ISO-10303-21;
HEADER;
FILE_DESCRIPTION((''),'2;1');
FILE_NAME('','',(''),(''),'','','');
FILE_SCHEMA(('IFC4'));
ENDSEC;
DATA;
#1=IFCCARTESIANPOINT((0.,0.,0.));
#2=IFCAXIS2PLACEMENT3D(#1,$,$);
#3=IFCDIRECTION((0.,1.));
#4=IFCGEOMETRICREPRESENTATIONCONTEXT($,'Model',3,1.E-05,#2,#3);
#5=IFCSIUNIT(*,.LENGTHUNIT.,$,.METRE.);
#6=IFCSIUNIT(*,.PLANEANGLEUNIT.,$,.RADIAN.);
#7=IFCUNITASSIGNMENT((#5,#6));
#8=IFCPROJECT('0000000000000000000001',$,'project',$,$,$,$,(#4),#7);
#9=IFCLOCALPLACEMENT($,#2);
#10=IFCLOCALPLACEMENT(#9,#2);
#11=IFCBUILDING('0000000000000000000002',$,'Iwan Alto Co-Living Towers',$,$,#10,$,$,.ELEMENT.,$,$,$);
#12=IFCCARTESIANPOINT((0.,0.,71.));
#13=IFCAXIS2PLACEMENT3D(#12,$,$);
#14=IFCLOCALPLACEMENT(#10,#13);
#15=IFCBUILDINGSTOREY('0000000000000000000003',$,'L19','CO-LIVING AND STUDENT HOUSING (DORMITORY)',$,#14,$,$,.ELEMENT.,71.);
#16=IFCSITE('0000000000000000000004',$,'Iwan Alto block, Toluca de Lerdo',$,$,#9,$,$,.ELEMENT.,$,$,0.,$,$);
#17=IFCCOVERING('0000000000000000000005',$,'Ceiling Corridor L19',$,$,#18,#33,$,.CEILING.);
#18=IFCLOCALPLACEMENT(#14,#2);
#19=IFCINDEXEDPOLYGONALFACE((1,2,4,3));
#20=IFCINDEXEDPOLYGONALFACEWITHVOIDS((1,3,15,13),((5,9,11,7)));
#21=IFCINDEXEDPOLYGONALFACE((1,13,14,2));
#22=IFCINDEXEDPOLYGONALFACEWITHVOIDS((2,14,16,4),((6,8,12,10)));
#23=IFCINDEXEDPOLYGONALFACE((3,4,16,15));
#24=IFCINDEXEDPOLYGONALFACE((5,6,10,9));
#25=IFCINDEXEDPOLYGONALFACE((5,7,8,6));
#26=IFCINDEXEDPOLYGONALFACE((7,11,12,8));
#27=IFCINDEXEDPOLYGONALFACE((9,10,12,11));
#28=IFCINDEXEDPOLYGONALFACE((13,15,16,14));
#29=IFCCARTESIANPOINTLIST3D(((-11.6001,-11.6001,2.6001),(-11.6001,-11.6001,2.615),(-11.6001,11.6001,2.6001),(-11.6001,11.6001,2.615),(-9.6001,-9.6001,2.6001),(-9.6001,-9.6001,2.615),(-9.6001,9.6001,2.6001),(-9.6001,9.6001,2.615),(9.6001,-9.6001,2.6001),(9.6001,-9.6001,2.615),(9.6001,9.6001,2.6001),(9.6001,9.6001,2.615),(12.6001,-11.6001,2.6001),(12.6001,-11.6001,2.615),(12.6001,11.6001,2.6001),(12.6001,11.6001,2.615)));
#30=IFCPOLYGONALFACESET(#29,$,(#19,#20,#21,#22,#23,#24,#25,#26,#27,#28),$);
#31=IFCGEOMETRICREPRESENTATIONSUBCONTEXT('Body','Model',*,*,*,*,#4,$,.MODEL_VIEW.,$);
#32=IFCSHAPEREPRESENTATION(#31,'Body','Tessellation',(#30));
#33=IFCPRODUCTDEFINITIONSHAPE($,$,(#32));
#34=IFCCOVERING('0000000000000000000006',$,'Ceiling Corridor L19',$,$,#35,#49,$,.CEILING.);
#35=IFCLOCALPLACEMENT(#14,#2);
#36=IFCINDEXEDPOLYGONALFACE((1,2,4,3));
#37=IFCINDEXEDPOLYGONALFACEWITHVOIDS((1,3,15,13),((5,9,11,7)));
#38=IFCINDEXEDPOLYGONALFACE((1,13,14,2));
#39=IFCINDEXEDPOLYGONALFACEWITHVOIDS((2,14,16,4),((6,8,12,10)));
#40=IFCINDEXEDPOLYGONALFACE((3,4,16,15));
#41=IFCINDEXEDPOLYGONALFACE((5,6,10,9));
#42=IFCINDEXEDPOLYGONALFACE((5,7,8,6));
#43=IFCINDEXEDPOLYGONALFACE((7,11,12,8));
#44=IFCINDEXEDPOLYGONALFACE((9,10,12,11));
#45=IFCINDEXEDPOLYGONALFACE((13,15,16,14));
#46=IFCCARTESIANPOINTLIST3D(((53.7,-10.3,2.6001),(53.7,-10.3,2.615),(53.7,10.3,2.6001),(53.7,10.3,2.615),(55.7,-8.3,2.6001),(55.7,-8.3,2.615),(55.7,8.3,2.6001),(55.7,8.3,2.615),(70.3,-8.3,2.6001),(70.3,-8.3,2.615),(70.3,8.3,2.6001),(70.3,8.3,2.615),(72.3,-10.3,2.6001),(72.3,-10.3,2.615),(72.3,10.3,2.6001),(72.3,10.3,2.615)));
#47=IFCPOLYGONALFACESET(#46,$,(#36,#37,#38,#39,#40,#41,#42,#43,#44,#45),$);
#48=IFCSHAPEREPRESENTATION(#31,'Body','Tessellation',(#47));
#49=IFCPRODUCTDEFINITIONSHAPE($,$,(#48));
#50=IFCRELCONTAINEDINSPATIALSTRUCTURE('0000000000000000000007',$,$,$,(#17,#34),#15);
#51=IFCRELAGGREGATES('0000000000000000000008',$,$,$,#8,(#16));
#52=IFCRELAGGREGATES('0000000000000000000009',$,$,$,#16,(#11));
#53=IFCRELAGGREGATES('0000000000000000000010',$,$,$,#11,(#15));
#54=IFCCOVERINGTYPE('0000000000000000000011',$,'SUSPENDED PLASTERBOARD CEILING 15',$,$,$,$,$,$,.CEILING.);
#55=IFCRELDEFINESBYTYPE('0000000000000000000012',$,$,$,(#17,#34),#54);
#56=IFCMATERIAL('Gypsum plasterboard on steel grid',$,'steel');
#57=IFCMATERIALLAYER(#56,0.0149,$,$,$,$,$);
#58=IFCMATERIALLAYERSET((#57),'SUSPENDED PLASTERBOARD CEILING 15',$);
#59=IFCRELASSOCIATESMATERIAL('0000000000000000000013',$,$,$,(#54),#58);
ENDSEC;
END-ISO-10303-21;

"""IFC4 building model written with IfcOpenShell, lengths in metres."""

from ifc_helpers import new_model, si_unit, direction, frame, origin, place, context, subcontext, project, spatial, polyline, outline, extrude, material, layer, layer_set, type_object, element, save


model = new_model("IFC4")

# Units and contexts
model_context = context("Model", 3, precision=1e-05, world=origin(), true_north=direction((0.0, 1.0)))
body_context = subcontext(model_context, "Body", "Model", "MODEL_VIEW")
ifc_project = project(units=[si_unit("LENGTHUNIT", "METRE"), si_unit("PLANEANGLEUNIT", "RADIAN")], contexts=[model_context])

# Site, building, storey
site_placement = place(None, origin())
site = spatial("IfcSite", under=ifc_project, at=site_placement, Name="Iwan Alto block, Toluca de Lerdo", CompositionType="ELEMENT", RefElevation=0.0)
building_placement = place(site_placement, origin())
building = spatial("IfcBuilding", under=site, at=building_placement, Name="Iwan Alto Co-Living Towers", CompositionType="ELEMENT")
storey_placement = place(building_placement, frame((0.0, 0.0, 71.0)))
storey = spatial("IfcBuildingStorey", under=building, at=storey_placement, Name="L19", Description="CO-LIVING AND STUDENT HOUSING (DORMITORY)", CompositionType="ELEMENT", Elevation=71.0)

# Coverings
ifc_material_1 = material(Name="Gypsum plasterboard on steel grid", Category="steel")
ifc_layer_1 = layer(ifc_material_1, 0.0149)
ifc_layer_set_1 = layer_set([ifc_layer_1], Name="SUSPENDED PLASTERBOARD CEILING 15")
covering_type_1 = type_object("IfcCoveringType", Name="SUSPENDED PLASTERBOARD CEILING 15", PredefinedType="CEILING", material=ifc_layer_set_1)
covering_1_placement = place(storey_placement, frame((0.0, 0.0, 2.6001)))
element("IfcCovering", 1, at=covering_1_placement, inside=storey, type_object=covering_type_1, Name="Ceiling Corridor L19", PredefinedType="CEILING", context=body_context, shape_type="SweptSolid", body=[
    extrude(outline(polyline([(-11.6001, 11.6001), (12.6001, 11.6001), (12.6001, -11.6001), (-11.6001, -11.6001), (-11.6001, 11.6001)]), holes=[polyline([(-9.6001, 9.6001), (-9.6001, -9.6001), (9.6001, -9.6001), (9.6001, 9.6001), (-9.6001, 9.6001)])]), origin(), (0.0, 0.0, 1.0), 0.0149),
])
covering_2_placement = place(storey_placement, frame((0.0, 0.0, 2.6001)))
element("IfcCovering", 2, at=covering_2_placement, inside=storey, type_object=covering_type_1, Name="Ceiling Corridor L19", PredefinedType="CEILING", context=body_context, shape_type="SweptSolid", body=[
    extrude(outline(polyline([(53.7, 10.3), (72.3, 10.3), (72.3, -10.3), (53.7, -10.3), (53.7, 10.3)]), holes=[polyline([(55.7, 8.3), (55.7, -8.3), (70.3, -8.3), (70.3, 8.3), (55.7, 8.3)])]), origin(), (0.0, 0.0, 1.0), 0.0149),
])

save(model, "model.ifc")
